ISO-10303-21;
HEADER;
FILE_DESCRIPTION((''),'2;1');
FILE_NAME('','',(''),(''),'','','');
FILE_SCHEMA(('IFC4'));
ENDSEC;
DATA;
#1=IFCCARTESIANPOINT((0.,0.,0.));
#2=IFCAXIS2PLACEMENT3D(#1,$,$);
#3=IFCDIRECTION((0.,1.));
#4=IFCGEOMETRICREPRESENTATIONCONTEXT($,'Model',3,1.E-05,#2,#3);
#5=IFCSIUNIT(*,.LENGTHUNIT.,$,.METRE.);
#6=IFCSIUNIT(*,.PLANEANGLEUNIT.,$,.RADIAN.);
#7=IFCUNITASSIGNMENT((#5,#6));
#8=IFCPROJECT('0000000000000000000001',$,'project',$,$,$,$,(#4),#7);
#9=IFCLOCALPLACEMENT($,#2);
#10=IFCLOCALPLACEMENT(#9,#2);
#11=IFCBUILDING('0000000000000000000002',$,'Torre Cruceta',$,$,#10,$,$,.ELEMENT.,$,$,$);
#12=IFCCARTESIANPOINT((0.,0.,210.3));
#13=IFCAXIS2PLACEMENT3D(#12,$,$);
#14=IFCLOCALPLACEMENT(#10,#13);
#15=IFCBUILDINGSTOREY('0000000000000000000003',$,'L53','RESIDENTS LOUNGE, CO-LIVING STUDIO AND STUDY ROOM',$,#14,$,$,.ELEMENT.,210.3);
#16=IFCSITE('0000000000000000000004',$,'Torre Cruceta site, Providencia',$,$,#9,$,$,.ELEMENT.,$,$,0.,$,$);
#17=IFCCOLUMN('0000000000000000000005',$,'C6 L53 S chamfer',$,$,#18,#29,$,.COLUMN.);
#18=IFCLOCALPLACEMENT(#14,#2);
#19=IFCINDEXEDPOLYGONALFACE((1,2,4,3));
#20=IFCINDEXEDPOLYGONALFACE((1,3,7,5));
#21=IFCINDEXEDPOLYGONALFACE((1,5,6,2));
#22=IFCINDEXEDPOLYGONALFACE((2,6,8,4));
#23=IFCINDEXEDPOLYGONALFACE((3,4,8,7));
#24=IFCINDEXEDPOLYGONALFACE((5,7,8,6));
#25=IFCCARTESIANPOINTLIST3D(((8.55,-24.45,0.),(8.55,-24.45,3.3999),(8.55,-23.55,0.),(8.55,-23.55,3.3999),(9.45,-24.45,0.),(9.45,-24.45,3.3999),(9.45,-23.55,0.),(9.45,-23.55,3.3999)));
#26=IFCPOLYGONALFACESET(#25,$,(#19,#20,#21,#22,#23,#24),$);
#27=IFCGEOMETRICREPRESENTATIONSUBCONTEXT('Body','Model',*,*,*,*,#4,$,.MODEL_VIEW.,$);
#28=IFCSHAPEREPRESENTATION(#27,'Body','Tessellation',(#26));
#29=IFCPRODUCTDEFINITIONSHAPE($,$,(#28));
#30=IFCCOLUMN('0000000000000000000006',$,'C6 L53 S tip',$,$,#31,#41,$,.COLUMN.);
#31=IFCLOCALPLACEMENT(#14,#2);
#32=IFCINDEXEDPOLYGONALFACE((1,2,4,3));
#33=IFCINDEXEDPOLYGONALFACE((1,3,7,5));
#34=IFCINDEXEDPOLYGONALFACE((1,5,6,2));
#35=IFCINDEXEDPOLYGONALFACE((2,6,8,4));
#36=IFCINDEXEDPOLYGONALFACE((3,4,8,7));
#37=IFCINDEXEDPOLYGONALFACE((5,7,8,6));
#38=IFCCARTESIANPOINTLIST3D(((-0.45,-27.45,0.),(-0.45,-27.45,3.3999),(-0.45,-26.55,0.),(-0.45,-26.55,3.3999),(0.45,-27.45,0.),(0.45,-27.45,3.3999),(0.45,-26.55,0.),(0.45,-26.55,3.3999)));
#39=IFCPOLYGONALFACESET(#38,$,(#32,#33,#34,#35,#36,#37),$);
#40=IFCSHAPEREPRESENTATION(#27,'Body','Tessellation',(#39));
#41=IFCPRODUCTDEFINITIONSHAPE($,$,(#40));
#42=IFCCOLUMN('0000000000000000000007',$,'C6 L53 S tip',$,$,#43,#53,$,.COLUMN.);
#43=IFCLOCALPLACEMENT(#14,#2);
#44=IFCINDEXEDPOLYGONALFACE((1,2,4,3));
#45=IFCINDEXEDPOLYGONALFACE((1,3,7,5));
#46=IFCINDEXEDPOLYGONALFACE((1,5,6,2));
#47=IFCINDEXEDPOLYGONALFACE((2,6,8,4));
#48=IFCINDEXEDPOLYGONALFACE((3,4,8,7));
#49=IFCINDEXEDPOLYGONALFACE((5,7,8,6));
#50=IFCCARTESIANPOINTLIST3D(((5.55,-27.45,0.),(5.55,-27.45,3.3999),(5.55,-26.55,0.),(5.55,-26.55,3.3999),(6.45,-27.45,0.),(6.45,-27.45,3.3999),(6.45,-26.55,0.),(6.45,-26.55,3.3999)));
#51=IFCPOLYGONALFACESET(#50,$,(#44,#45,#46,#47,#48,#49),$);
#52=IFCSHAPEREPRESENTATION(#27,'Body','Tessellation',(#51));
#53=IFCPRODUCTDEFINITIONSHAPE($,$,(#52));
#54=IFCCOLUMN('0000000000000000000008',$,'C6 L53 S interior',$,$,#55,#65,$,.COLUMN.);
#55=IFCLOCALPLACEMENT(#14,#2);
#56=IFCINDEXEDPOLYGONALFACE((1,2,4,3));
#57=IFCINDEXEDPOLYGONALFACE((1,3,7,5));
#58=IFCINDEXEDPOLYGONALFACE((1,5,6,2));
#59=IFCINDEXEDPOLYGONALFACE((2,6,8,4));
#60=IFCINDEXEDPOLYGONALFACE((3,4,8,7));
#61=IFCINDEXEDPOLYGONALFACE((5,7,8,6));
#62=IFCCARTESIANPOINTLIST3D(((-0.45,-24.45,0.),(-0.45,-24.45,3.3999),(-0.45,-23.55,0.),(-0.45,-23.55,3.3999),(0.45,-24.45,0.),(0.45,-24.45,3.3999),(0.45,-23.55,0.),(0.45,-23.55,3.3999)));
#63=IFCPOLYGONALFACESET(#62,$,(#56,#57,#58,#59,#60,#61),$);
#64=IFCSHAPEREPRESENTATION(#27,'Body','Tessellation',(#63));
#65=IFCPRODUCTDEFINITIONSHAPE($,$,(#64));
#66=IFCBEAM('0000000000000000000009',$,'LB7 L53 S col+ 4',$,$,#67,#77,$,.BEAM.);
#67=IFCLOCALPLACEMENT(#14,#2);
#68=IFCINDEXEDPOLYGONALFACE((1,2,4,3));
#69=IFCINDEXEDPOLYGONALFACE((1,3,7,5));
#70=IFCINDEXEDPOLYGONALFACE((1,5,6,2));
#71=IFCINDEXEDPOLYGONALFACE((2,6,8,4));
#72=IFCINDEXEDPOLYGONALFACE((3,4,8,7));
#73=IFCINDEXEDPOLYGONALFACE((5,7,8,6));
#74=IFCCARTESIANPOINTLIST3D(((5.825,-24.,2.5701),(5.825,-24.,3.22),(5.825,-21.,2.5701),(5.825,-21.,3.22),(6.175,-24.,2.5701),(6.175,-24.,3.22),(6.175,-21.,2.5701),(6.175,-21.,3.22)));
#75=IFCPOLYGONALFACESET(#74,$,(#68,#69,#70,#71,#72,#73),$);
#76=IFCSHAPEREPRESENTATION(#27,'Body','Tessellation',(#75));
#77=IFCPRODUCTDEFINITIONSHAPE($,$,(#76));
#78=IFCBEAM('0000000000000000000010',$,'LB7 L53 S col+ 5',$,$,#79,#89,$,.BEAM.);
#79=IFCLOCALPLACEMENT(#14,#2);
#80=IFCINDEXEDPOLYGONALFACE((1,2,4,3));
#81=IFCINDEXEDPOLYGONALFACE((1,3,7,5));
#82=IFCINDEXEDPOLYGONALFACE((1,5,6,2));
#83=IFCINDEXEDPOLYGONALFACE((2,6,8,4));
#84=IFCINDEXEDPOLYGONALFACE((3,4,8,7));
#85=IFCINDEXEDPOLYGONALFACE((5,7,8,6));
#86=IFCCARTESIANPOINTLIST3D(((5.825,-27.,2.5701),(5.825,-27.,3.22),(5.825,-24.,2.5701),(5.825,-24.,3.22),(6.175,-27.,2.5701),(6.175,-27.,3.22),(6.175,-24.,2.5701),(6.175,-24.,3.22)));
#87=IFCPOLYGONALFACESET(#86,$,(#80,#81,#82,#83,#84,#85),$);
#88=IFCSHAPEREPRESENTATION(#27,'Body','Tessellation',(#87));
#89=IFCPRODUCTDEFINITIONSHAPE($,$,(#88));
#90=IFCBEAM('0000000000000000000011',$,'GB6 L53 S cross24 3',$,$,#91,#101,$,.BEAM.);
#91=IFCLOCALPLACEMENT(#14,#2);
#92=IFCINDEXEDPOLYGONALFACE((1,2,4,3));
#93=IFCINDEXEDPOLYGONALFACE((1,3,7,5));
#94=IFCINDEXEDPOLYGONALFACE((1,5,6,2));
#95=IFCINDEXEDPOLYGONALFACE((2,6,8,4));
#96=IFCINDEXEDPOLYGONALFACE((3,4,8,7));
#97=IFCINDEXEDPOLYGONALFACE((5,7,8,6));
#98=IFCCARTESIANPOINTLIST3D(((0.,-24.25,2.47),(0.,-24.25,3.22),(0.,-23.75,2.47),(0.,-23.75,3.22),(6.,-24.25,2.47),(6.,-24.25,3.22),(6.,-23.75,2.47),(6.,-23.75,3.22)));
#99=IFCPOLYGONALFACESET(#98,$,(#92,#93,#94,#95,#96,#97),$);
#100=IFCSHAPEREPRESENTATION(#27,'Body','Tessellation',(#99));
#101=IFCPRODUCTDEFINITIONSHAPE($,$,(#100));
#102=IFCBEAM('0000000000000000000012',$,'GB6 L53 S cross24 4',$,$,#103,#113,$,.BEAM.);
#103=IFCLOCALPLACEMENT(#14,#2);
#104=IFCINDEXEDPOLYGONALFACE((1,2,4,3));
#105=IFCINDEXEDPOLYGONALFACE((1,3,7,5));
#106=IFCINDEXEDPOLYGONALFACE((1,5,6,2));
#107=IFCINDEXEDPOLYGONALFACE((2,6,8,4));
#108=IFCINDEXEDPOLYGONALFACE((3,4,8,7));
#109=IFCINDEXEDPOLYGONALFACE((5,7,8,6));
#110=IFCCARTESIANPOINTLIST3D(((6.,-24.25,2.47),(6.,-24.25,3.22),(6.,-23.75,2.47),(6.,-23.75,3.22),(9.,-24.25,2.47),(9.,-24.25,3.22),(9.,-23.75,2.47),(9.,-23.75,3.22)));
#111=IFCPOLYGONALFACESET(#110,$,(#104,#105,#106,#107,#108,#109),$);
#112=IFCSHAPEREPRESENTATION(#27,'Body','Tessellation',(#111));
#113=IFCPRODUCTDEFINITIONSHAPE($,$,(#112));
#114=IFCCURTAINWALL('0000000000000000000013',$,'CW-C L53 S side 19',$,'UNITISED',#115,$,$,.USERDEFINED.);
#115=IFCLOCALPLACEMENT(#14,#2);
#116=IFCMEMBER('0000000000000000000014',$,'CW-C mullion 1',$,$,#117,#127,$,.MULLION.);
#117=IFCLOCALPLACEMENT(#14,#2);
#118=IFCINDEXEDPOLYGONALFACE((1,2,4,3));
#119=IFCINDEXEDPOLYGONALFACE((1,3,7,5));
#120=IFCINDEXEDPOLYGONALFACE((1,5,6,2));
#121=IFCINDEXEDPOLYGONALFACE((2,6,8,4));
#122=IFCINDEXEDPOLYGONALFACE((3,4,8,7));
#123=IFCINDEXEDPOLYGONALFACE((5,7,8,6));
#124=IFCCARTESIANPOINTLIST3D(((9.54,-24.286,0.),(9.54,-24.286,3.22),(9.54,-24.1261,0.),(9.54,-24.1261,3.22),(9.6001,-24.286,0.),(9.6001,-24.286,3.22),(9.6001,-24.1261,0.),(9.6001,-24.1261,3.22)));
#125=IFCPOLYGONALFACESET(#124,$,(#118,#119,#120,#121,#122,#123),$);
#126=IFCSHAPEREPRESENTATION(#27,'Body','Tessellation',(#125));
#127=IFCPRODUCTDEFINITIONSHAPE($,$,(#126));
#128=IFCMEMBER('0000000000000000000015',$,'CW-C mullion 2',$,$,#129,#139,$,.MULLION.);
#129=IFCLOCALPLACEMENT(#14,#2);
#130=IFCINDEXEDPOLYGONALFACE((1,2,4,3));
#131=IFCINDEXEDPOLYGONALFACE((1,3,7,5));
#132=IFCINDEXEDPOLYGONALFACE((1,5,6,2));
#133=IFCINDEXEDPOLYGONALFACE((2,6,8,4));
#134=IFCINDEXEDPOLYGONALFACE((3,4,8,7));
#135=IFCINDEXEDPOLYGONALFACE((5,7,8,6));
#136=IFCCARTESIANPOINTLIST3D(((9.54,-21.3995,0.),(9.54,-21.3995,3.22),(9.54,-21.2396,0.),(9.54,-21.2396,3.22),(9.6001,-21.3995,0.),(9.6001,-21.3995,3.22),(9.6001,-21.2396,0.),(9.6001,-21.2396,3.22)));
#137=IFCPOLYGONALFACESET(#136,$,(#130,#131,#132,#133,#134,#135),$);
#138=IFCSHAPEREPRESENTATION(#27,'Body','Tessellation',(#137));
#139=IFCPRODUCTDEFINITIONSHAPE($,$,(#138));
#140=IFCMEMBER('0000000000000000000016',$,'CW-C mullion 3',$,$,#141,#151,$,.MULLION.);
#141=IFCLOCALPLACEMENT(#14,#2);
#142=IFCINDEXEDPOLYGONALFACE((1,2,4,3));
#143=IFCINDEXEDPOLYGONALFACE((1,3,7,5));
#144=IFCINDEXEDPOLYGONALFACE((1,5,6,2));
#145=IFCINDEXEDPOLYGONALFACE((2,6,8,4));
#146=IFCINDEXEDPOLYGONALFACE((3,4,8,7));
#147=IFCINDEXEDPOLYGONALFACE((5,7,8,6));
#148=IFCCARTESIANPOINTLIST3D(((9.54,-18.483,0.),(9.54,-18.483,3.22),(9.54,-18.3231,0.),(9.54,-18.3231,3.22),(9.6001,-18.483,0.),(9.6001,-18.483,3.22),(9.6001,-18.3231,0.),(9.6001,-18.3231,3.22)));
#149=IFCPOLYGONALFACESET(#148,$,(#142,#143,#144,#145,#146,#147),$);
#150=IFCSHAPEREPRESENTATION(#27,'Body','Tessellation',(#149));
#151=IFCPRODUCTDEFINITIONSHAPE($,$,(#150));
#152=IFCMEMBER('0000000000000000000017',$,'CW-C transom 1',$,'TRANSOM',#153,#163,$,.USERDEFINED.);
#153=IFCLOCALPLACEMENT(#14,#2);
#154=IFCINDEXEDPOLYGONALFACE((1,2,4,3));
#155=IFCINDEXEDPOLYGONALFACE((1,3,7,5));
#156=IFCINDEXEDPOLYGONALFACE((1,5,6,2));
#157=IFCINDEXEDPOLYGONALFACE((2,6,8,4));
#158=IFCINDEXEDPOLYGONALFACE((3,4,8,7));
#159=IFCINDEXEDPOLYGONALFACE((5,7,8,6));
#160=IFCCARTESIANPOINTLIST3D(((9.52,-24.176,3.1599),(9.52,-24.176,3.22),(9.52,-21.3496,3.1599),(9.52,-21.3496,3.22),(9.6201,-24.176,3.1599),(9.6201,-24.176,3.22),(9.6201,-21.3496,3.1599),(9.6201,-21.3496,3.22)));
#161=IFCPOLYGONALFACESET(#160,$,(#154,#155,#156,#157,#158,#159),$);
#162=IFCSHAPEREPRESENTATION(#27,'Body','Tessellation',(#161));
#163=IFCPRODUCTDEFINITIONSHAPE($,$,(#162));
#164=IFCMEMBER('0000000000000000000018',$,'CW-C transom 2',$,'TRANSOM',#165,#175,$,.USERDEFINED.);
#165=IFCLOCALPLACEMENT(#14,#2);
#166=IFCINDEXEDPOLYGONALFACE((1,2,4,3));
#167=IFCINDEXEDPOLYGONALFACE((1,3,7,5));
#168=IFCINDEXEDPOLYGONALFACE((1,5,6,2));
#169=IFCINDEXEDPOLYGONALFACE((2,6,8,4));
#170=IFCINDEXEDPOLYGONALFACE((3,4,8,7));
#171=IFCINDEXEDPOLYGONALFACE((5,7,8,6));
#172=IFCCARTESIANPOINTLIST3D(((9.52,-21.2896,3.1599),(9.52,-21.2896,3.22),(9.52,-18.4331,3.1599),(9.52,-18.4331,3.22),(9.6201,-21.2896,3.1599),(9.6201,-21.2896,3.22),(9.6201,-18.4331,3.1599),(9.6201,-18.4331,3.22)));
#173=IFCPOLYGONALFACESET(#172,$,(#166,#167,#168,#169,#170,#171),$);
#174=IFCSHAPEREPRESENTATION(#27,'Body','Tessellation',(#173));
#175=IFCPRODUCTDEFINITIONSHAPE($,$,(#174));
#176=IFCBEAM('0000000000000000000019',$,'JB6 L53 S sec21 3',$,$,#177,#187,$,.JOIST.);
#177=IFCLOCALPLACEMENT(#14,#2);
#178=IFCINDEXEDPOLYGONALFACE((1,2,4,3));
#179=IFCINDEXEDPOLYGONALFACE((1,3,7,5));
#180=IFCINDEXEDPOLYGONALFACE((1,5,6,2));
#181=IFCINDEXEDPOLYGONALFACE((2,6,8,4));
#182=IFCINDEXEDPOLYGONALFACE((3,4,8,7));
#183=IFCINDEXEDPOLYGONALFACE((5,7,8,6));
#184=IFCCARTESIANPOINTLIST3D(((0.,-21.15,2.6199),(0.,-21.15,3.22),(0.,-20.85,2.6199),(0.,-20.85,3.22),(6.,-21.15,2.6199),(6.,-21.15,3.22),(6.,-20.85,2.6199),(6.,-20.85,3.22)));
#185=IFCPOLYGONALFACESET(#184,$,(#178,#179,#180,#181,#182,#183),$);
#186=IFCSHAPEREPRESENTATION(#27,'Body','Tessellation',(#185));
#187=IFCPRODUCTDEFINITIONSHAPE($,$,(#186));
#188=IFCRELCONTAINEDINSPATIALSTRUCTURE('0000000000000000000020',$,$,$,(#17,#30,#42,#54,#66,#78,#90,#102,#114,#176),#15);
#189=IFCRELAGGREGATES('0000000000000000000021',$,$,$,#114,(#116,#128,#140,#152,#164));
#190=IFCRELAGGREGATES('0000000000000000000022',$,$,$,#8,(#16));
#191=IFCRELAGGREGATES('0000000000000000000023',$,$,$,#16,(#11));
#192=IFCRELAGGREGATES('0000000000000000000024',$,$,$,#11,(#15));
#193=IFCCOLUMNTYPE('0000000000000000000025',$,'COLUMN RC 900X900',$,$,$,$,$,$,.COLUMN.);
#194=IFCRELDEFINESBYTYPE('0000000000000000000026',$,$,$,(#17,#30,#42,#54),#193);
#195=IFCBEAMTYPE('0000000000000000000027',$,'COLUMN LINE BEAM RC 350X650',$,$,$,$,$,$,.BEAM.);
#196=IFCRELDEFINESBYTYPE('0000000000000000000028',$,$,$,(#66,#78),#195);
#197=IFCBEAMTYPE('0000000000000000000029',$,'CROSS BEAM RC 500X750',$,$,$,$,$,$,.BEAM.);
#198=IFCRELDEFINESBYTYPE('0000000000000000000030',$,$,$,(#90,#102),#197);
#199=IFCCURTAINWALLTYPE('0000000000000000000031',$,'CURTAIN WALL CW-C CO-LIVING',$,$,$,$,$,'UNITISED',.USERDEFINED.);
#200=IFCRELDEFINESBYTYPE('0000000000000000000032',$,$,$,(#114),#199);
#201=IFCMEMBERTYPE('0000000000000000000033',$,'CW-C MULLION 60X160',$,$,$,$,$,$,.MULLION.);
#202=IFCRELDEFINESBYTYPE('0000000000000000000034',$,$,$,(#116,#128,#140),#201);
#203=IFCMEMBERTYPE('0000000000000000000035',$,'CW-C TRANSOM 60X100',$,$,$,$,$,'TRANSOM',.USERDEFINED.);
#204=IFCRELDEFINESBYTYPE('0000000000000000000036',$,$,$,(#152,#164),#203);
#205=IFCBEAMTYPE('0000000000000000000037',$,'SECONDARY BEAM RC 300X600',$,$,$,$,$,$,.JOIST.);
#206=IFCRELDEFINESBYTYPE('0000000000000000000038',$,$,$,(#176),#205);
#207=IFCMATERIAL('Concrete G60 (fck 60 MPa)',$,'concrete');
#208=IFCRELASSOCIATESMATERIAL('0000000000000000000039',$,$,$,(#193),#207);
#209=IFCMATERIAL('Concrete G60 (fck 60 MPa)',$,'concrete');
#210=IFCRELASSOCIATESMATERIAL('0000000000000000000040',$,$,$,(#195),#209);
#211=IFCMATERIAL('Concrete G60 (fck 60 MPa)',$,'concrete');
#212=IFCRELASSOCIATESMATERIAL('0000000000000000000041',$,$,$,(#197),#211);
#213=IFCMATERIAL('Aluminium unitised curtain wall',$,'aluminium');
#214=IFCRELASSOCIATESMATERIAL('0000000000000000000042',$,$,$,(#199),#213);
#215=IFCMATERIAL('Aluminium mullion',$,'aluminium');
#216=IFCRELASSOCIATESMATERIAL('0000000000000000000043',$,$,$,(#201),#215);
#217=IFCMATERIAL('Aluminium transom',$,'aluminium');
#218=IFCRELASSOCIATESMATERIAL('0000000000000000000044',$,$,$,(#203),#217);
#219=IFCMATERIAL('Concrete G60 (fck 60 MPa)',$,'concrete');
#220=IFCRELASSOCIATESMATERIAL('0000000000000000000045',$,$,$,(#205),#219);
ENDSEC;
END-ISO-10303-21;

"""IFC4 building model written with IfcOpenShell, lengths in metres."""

from ifc_helpers import new_model, si_unit, direction, frame, origin, origin_2d, place, context, subcontext, project, spatial, rectangle, extrude, material, material_profile, profile_set, type_object, element, aggregate, save


model = new_model("IFC4")

# Units and contexts
model_context = context("Model", 3, precision=1e-05, world=origin(), true_north=direction((0.0, 1.0)))
body_context = subcontext(model_context, "Body", "Model", "MODEL_VIEW")
ifc_project = project(units=[si_unit("LENGTHUNIT", "METRE"), si_unit("PLANEANGLEUNIT", "RADIAN")], contexts=[model_context])

# Site, building, storey
site_placement = place(None, origin())
site = spatial("IfcSite", under=ifc_project, at=site_placement, Name="Torre Cruceta site, Providencia", CompositionType="ELEMENT", RefElevation=0.0)
building_placement = place(site_placement, origin())
building = spatial("IfcBuilding", under=site, at=building_placement, Name="Torre Cruceta", CompositionType="ELEMENT")
storey_placement = place(building_placement, frame((0.0, 0.0, 210.3)))
storey = spatial("IfcBuildingStorey", under=building, at=storey_placement, Name="L53", Description="RESIDENTS LOUNGE, CO-LIVING STUDIO AND STUDY ROOM", CompositionType="ELEMENT", Elevation=210.3)

# Columns
ifc_material_1 = material(Name="Concrete G60 (fck 60 MPa)", Category="concrete")
ifc_material_profile_1 = material_profile(ifc_material_1, rectangle(XDim=0.8999, YDim=0.8999, at=origin_2d()), Name="RC 900X900")
ifc_profile_set_1 = profile_set([ifc_material_profile_1], Name="Concrete G60 (fck 60 MPa)")
column_type = type_object("IfcColumnType", Name="COLUMN RC 900X900", PredefinedType="COLUMN", material=ifc_profile_set_1)
for number, where, z_axis, x_axis, name in (
    (1, (9.0, -24.0, 0.0), (0.0, 0.0, 1.0), (1.0, 0.0, 0.0), "C6 L53 S chamfer"),
    (2, (0.0, -27.0, 0.0), (0.0, 0.0, 1.0), (1.0, 0.0, 0.0), "C6 L53 S tip"),
    (3, (6.0, -27.0, 0.0), (0.0, 0.0, 1.0), (1.0, 0.0, 0.0), "C6 L53 S tip"),
    (4, (0.0, -24.0, 0.0), (0.0, 0.0, 1.0), (1.0, 0.0, 0.0), "C6 L53 S interior"),
):
    element("IfcColumn", number, at=place(storey_placement, frame(where, z_axis=z_axis, x_axis=x_axis)), inside=storey, type_object=column_type, Name=name, PredefinedType="COLUMN", context=body_context, shape_type="SweptSolid", body=[
        extrude(rectangle(XDim=0.8999, YDim=0.8999, at=origin_2d()), origin(), (0.0, 0.0, 1.0), 3.3999),
    ])

# Beams
ifc_material_2 = material(Name="Concrete G60 (fck 60 MPa)", Category="concrete")
ifc_material_profile_2 = material_profile(ifc_material_2, rectangle(XDim=0.3501, YDim=0.6499, at=origin_2d()), Name="RC 350X650")
ifc_profile_set_2 = profile_set([ifc_material_profile_2], Name="Concrete G60 (fck 60 MPa)")
beam_type_1 = type_object("IfcBeamType", Name="COLUMN LINE BEAM RC 350X650", PredefinedType="BEAM", material=ifc_profile_set_2)
for number, where, z_axis, x_axis, name in (
    (5, (6.0, -21.0, 2.895), (0.0, -1.0, 0.0), (1.0, 0.0, 0.0), "LB7 L53 S col+ 4"),
    (6, (6.0, -24.0, 2.895), (0.0, -1.0, 0.0), (1.0, 0.0, 0.0), "LB7 L53 S col+ 5"),
):
    element("IfcBeam", number, at=place(storey_placement, frame(where, z_axis=z_axis, x_axis=x_axis)), inside=storey, type_object=beam_type_1, Name=name, PredefinedType="BEAM", context=body_context, shape_type="SweptSolid", body=[
        extrude(rectangle(XDim=0.3501, YDim=0.6499, at=origin_2d()), origin(), (0.0, 0.0, 1.0), 3.0),
    ])
ifc_material_3 = material(Name="Concrete G60 (fck 60 MPa)", Category="concrete")
ifc_material_profile_3 = material_profile(ifc_material_3, rectangle(XDim=0.5, YDim=0.75, at=origin_2d()), Name="RC 500X750")
ifc_profile_set_3 = profile_set([ifc_material_profile_3], Name="Concrete G60 (fck 60 MPa)")
beam_type_2 = type_object("IfcBeamType", Name="CROSS BEAM RC 500X750", PredefinedType="BEAM", material=ifc_profile_set_3)
beam_1_placement = place(storey_placement, frame((0.0, -24.0, 2.845), z_axis=(1.0, 0.0, 0.0), x_axis=(0.0, 1.0, 0.0)))
element("IfcBeam", 7, at=beam_1_placement, inside=storey, type_object=beam_type_2, Name="GB6 L53 S cross24 3", PredefinedType="BEAM", context=body_context, shape_type="SweptSolid", body=[
    extrude(rectangle(XDim=0.5, YDim=0.75, at=origin_2d()), origin(), (0.0, 0.0, 1.0), 6.0),
])
beam_2_placement = place(storey_placement, frame((6.0, -24.0, 2.845), z_axis=(1.0, 0.0, 0.0), x_axis=(0.0, 1.0, 0.0)))
element("IfcBeam", 8, at=beam_2_placement, inside=storey, type_object=beam_type_2, Name="GB6 L53 S cross24 4", PredefinedType="BEAM", context=body_context, shape_type="SweptSolid", body=[
    extrude(rectangle(XDim=0.5, YDim=0.75, at=origin_2d()), origin(), (0.0, 0.0, 1.0), 3.0),
])

# Curtain wall, members
ifc_material_4 = material(Name="Aluminium unitised curtain wall", Category="aluminium")
curtain_wall_type = type_object("IfcCurtainWallType", Name="CURTAIN WALL CW-C CO-LIVING", ElementType="UNITISED", PredefinedType="USERDEFINED", material=ifc_material_4)
curtain_wall_placement = place(storey_placement, origin())
curtain_wall = element("IfcCurtainWall", 9, at=curtain_wall_placement, inside=storey, type_object=curtain_wall_type, Name="CW-C L53 S side 19", ObjectType="UNITISED", PredefinedType="USERDEFINED")
ifc_material_5 = material(Name="Aluminium mullion", Category="aluminium")
ifc_material_profile_4 = material_profile(ifc_material_5, rectangle(XDim=0.0601, YDim=0.1599, at=origin_2d()), Name="AL 60X160")
ifc_profile_set_4 = profile_set([ifc_material_profile_4], Name="Aluminium mullion")
member_type_1 = type_object("IfcMemberType", Name="CW-C MULLION 60X160", PredefinedType="MULLION", material=ifc_profile_set_4)
member_1_placement = place(storey_placement, frame((9.5701, -24.2061, 0.0), z_axis=(0.0, 0.0, 1.0), x_axis=(-1.0, 0.0, 0.0)))
member_1 = element("IfcMember", 10, at=member_1_placement, type_object=member_type_1, Name="CW-C mullion 1", PredefinedType="MULLION", context=body_context, shape_type="SweptSolid", body=[
    extrude(rectangle(XDim=0.0601, YDim=0.1599, at=origin_2d()), origin(), (0.0, 0.0, 1.0), 3.22),
])
member_2_placement = place(storey_placement, frame((9.5701, -21.3196, 0.0), z_axis=(0.0, 0.0, 1.0), x_axis=(-1.0, 0.0, 0.0)))
member_2 = element("IfcMember", 11, at=member_2_placement, type_object=member_type_1, Name="CW-C mullion 2", PredefinedType="MULLION", context=body_context, shape_type="SweptSolid", body=[
    extrude(rectangle(XDim=0.0601, YDim=0.1599, at=origin_2d()), origin(), (0.0, 0.0, 1.0), 3.22),
])
member_3_placement = place(storey_placement, frame((9.5701, -18.4031, 0.0), z_axis=(0.0, 0.0, 1.0), x_axis=(-1.0, 0.0, 0.0)))
member_3 = element("IfcMember", 12, at=member_3_placement, type_object=member_type_1, Name="CW-C mullion 3", PredefinedType="MULLION", context=body_context, shape_type="SweptSolid", body=[
    extrude(rectangle(XDim=0.0601, YDim=0.1599, at=origin_2d()), origin(), (0.0, 0.0, 1.0), 3.22),
])
ifc_material_6 = material(Name="Aluminium transom", Category="aluminium")
ifc_material_profile_5 = material_profile(ifc_material_6, rectangle(XDim=0.1001, YDim=0.0601, at=origin_2d()), Name="AL 100X60")
ifc_profile_set_5 = profile_set([ifc_material_profile_5], Name="Aluminium transom")
member_type_2 = type_object("IfcMemberType", Name="CW-C TRANSOM 60X100", ElementType="TRANSOM", PredefinedType="USERDEFINED", material=ifc_profile_set_5)
member_4_placement = place(storey_placement, frame((9.5701, -24.176, 3.1899), z_axis=(0.0, 1.0, 0.0), x_axis=(-1.0, 0.0, 0.0)))
member_4 = element("IfcMember", 13, at=member_4_placement, type_object=member_type_2, Name="CW-C transom 1", ObjectType="TRANSOM", PredefinedType="USERDEFINED", context=body_context, shape_type="SweptSolid", body=[
    extrude(rectangle(XDim=0.1001, YDim=0.0601, at=origin_2d()), origin(), (0.0, 0.0, 1.0), 2.8264),
])
member_5_placement = place(storey_placement, frame((9.5701, -21.2896, 3.1899), z_axis=(0.0, 1.0, 0.0), x_axis=(-1.0, 0.0, 0.0)))
member_5 = element("IfcMember", 14, at=member_5_placement, type_object=member_type_2, Name="CW-C transom 2", ObjectType="TRANSOM", PredefinedType="USERDEFINED", context=body_context, shape_type="SweptSolid", body=[
    extrude(rectangle(XDim=0.1001, YDim=0.0601, at=origin_2d()), origin(), (0.0, 0.0, 1.0), 2.8564),
])

# Beam
ifc_material_7 = material(Name="Concrete G60 (fck 60 MPa)", Category="concrete")
ifc_material_profile_6 = material_profile(ifc_material_7, rectangle(XDim=0.3, YDim=0.6001, at=origin_2d()), Name="RC 300X600")
ifc_profile_set_6 = profile_set([ifc_material_profile_6], Name="Concrete G60 (fck 60 MPa)")
beam_type_3 = type_object("IfcBeamType", Name="SECONDARY BEAM RC 300X600", PredefinedType="JOIST", material=ifc_profile_set_6)
beam_3_placement = place(storey_placement, frame((0.0, -21.0, 2.9199), z_axis=(1.0, 0.0, 0.0), x_axis=(0.0, 1.0, 0.0)))
element("IfcBeam", 15, at=beam_3_placement, inside=storey, type_object=beam_type_3, Name="JB6 L53 S sec21 3", PredefinedType="JOIST", context=body_context, shape_type="SweptSolid", body=[
    extrude(rectangle(XDim=0.3, YDim=0.6001, at=origin_2d()), origin(), (0.0, 0.0, 1.0), 6.0),
])

aggregate(curtain_wall, [member_1, member_2, member_3, member_4, member_5])

save(model, "model.ifc")
